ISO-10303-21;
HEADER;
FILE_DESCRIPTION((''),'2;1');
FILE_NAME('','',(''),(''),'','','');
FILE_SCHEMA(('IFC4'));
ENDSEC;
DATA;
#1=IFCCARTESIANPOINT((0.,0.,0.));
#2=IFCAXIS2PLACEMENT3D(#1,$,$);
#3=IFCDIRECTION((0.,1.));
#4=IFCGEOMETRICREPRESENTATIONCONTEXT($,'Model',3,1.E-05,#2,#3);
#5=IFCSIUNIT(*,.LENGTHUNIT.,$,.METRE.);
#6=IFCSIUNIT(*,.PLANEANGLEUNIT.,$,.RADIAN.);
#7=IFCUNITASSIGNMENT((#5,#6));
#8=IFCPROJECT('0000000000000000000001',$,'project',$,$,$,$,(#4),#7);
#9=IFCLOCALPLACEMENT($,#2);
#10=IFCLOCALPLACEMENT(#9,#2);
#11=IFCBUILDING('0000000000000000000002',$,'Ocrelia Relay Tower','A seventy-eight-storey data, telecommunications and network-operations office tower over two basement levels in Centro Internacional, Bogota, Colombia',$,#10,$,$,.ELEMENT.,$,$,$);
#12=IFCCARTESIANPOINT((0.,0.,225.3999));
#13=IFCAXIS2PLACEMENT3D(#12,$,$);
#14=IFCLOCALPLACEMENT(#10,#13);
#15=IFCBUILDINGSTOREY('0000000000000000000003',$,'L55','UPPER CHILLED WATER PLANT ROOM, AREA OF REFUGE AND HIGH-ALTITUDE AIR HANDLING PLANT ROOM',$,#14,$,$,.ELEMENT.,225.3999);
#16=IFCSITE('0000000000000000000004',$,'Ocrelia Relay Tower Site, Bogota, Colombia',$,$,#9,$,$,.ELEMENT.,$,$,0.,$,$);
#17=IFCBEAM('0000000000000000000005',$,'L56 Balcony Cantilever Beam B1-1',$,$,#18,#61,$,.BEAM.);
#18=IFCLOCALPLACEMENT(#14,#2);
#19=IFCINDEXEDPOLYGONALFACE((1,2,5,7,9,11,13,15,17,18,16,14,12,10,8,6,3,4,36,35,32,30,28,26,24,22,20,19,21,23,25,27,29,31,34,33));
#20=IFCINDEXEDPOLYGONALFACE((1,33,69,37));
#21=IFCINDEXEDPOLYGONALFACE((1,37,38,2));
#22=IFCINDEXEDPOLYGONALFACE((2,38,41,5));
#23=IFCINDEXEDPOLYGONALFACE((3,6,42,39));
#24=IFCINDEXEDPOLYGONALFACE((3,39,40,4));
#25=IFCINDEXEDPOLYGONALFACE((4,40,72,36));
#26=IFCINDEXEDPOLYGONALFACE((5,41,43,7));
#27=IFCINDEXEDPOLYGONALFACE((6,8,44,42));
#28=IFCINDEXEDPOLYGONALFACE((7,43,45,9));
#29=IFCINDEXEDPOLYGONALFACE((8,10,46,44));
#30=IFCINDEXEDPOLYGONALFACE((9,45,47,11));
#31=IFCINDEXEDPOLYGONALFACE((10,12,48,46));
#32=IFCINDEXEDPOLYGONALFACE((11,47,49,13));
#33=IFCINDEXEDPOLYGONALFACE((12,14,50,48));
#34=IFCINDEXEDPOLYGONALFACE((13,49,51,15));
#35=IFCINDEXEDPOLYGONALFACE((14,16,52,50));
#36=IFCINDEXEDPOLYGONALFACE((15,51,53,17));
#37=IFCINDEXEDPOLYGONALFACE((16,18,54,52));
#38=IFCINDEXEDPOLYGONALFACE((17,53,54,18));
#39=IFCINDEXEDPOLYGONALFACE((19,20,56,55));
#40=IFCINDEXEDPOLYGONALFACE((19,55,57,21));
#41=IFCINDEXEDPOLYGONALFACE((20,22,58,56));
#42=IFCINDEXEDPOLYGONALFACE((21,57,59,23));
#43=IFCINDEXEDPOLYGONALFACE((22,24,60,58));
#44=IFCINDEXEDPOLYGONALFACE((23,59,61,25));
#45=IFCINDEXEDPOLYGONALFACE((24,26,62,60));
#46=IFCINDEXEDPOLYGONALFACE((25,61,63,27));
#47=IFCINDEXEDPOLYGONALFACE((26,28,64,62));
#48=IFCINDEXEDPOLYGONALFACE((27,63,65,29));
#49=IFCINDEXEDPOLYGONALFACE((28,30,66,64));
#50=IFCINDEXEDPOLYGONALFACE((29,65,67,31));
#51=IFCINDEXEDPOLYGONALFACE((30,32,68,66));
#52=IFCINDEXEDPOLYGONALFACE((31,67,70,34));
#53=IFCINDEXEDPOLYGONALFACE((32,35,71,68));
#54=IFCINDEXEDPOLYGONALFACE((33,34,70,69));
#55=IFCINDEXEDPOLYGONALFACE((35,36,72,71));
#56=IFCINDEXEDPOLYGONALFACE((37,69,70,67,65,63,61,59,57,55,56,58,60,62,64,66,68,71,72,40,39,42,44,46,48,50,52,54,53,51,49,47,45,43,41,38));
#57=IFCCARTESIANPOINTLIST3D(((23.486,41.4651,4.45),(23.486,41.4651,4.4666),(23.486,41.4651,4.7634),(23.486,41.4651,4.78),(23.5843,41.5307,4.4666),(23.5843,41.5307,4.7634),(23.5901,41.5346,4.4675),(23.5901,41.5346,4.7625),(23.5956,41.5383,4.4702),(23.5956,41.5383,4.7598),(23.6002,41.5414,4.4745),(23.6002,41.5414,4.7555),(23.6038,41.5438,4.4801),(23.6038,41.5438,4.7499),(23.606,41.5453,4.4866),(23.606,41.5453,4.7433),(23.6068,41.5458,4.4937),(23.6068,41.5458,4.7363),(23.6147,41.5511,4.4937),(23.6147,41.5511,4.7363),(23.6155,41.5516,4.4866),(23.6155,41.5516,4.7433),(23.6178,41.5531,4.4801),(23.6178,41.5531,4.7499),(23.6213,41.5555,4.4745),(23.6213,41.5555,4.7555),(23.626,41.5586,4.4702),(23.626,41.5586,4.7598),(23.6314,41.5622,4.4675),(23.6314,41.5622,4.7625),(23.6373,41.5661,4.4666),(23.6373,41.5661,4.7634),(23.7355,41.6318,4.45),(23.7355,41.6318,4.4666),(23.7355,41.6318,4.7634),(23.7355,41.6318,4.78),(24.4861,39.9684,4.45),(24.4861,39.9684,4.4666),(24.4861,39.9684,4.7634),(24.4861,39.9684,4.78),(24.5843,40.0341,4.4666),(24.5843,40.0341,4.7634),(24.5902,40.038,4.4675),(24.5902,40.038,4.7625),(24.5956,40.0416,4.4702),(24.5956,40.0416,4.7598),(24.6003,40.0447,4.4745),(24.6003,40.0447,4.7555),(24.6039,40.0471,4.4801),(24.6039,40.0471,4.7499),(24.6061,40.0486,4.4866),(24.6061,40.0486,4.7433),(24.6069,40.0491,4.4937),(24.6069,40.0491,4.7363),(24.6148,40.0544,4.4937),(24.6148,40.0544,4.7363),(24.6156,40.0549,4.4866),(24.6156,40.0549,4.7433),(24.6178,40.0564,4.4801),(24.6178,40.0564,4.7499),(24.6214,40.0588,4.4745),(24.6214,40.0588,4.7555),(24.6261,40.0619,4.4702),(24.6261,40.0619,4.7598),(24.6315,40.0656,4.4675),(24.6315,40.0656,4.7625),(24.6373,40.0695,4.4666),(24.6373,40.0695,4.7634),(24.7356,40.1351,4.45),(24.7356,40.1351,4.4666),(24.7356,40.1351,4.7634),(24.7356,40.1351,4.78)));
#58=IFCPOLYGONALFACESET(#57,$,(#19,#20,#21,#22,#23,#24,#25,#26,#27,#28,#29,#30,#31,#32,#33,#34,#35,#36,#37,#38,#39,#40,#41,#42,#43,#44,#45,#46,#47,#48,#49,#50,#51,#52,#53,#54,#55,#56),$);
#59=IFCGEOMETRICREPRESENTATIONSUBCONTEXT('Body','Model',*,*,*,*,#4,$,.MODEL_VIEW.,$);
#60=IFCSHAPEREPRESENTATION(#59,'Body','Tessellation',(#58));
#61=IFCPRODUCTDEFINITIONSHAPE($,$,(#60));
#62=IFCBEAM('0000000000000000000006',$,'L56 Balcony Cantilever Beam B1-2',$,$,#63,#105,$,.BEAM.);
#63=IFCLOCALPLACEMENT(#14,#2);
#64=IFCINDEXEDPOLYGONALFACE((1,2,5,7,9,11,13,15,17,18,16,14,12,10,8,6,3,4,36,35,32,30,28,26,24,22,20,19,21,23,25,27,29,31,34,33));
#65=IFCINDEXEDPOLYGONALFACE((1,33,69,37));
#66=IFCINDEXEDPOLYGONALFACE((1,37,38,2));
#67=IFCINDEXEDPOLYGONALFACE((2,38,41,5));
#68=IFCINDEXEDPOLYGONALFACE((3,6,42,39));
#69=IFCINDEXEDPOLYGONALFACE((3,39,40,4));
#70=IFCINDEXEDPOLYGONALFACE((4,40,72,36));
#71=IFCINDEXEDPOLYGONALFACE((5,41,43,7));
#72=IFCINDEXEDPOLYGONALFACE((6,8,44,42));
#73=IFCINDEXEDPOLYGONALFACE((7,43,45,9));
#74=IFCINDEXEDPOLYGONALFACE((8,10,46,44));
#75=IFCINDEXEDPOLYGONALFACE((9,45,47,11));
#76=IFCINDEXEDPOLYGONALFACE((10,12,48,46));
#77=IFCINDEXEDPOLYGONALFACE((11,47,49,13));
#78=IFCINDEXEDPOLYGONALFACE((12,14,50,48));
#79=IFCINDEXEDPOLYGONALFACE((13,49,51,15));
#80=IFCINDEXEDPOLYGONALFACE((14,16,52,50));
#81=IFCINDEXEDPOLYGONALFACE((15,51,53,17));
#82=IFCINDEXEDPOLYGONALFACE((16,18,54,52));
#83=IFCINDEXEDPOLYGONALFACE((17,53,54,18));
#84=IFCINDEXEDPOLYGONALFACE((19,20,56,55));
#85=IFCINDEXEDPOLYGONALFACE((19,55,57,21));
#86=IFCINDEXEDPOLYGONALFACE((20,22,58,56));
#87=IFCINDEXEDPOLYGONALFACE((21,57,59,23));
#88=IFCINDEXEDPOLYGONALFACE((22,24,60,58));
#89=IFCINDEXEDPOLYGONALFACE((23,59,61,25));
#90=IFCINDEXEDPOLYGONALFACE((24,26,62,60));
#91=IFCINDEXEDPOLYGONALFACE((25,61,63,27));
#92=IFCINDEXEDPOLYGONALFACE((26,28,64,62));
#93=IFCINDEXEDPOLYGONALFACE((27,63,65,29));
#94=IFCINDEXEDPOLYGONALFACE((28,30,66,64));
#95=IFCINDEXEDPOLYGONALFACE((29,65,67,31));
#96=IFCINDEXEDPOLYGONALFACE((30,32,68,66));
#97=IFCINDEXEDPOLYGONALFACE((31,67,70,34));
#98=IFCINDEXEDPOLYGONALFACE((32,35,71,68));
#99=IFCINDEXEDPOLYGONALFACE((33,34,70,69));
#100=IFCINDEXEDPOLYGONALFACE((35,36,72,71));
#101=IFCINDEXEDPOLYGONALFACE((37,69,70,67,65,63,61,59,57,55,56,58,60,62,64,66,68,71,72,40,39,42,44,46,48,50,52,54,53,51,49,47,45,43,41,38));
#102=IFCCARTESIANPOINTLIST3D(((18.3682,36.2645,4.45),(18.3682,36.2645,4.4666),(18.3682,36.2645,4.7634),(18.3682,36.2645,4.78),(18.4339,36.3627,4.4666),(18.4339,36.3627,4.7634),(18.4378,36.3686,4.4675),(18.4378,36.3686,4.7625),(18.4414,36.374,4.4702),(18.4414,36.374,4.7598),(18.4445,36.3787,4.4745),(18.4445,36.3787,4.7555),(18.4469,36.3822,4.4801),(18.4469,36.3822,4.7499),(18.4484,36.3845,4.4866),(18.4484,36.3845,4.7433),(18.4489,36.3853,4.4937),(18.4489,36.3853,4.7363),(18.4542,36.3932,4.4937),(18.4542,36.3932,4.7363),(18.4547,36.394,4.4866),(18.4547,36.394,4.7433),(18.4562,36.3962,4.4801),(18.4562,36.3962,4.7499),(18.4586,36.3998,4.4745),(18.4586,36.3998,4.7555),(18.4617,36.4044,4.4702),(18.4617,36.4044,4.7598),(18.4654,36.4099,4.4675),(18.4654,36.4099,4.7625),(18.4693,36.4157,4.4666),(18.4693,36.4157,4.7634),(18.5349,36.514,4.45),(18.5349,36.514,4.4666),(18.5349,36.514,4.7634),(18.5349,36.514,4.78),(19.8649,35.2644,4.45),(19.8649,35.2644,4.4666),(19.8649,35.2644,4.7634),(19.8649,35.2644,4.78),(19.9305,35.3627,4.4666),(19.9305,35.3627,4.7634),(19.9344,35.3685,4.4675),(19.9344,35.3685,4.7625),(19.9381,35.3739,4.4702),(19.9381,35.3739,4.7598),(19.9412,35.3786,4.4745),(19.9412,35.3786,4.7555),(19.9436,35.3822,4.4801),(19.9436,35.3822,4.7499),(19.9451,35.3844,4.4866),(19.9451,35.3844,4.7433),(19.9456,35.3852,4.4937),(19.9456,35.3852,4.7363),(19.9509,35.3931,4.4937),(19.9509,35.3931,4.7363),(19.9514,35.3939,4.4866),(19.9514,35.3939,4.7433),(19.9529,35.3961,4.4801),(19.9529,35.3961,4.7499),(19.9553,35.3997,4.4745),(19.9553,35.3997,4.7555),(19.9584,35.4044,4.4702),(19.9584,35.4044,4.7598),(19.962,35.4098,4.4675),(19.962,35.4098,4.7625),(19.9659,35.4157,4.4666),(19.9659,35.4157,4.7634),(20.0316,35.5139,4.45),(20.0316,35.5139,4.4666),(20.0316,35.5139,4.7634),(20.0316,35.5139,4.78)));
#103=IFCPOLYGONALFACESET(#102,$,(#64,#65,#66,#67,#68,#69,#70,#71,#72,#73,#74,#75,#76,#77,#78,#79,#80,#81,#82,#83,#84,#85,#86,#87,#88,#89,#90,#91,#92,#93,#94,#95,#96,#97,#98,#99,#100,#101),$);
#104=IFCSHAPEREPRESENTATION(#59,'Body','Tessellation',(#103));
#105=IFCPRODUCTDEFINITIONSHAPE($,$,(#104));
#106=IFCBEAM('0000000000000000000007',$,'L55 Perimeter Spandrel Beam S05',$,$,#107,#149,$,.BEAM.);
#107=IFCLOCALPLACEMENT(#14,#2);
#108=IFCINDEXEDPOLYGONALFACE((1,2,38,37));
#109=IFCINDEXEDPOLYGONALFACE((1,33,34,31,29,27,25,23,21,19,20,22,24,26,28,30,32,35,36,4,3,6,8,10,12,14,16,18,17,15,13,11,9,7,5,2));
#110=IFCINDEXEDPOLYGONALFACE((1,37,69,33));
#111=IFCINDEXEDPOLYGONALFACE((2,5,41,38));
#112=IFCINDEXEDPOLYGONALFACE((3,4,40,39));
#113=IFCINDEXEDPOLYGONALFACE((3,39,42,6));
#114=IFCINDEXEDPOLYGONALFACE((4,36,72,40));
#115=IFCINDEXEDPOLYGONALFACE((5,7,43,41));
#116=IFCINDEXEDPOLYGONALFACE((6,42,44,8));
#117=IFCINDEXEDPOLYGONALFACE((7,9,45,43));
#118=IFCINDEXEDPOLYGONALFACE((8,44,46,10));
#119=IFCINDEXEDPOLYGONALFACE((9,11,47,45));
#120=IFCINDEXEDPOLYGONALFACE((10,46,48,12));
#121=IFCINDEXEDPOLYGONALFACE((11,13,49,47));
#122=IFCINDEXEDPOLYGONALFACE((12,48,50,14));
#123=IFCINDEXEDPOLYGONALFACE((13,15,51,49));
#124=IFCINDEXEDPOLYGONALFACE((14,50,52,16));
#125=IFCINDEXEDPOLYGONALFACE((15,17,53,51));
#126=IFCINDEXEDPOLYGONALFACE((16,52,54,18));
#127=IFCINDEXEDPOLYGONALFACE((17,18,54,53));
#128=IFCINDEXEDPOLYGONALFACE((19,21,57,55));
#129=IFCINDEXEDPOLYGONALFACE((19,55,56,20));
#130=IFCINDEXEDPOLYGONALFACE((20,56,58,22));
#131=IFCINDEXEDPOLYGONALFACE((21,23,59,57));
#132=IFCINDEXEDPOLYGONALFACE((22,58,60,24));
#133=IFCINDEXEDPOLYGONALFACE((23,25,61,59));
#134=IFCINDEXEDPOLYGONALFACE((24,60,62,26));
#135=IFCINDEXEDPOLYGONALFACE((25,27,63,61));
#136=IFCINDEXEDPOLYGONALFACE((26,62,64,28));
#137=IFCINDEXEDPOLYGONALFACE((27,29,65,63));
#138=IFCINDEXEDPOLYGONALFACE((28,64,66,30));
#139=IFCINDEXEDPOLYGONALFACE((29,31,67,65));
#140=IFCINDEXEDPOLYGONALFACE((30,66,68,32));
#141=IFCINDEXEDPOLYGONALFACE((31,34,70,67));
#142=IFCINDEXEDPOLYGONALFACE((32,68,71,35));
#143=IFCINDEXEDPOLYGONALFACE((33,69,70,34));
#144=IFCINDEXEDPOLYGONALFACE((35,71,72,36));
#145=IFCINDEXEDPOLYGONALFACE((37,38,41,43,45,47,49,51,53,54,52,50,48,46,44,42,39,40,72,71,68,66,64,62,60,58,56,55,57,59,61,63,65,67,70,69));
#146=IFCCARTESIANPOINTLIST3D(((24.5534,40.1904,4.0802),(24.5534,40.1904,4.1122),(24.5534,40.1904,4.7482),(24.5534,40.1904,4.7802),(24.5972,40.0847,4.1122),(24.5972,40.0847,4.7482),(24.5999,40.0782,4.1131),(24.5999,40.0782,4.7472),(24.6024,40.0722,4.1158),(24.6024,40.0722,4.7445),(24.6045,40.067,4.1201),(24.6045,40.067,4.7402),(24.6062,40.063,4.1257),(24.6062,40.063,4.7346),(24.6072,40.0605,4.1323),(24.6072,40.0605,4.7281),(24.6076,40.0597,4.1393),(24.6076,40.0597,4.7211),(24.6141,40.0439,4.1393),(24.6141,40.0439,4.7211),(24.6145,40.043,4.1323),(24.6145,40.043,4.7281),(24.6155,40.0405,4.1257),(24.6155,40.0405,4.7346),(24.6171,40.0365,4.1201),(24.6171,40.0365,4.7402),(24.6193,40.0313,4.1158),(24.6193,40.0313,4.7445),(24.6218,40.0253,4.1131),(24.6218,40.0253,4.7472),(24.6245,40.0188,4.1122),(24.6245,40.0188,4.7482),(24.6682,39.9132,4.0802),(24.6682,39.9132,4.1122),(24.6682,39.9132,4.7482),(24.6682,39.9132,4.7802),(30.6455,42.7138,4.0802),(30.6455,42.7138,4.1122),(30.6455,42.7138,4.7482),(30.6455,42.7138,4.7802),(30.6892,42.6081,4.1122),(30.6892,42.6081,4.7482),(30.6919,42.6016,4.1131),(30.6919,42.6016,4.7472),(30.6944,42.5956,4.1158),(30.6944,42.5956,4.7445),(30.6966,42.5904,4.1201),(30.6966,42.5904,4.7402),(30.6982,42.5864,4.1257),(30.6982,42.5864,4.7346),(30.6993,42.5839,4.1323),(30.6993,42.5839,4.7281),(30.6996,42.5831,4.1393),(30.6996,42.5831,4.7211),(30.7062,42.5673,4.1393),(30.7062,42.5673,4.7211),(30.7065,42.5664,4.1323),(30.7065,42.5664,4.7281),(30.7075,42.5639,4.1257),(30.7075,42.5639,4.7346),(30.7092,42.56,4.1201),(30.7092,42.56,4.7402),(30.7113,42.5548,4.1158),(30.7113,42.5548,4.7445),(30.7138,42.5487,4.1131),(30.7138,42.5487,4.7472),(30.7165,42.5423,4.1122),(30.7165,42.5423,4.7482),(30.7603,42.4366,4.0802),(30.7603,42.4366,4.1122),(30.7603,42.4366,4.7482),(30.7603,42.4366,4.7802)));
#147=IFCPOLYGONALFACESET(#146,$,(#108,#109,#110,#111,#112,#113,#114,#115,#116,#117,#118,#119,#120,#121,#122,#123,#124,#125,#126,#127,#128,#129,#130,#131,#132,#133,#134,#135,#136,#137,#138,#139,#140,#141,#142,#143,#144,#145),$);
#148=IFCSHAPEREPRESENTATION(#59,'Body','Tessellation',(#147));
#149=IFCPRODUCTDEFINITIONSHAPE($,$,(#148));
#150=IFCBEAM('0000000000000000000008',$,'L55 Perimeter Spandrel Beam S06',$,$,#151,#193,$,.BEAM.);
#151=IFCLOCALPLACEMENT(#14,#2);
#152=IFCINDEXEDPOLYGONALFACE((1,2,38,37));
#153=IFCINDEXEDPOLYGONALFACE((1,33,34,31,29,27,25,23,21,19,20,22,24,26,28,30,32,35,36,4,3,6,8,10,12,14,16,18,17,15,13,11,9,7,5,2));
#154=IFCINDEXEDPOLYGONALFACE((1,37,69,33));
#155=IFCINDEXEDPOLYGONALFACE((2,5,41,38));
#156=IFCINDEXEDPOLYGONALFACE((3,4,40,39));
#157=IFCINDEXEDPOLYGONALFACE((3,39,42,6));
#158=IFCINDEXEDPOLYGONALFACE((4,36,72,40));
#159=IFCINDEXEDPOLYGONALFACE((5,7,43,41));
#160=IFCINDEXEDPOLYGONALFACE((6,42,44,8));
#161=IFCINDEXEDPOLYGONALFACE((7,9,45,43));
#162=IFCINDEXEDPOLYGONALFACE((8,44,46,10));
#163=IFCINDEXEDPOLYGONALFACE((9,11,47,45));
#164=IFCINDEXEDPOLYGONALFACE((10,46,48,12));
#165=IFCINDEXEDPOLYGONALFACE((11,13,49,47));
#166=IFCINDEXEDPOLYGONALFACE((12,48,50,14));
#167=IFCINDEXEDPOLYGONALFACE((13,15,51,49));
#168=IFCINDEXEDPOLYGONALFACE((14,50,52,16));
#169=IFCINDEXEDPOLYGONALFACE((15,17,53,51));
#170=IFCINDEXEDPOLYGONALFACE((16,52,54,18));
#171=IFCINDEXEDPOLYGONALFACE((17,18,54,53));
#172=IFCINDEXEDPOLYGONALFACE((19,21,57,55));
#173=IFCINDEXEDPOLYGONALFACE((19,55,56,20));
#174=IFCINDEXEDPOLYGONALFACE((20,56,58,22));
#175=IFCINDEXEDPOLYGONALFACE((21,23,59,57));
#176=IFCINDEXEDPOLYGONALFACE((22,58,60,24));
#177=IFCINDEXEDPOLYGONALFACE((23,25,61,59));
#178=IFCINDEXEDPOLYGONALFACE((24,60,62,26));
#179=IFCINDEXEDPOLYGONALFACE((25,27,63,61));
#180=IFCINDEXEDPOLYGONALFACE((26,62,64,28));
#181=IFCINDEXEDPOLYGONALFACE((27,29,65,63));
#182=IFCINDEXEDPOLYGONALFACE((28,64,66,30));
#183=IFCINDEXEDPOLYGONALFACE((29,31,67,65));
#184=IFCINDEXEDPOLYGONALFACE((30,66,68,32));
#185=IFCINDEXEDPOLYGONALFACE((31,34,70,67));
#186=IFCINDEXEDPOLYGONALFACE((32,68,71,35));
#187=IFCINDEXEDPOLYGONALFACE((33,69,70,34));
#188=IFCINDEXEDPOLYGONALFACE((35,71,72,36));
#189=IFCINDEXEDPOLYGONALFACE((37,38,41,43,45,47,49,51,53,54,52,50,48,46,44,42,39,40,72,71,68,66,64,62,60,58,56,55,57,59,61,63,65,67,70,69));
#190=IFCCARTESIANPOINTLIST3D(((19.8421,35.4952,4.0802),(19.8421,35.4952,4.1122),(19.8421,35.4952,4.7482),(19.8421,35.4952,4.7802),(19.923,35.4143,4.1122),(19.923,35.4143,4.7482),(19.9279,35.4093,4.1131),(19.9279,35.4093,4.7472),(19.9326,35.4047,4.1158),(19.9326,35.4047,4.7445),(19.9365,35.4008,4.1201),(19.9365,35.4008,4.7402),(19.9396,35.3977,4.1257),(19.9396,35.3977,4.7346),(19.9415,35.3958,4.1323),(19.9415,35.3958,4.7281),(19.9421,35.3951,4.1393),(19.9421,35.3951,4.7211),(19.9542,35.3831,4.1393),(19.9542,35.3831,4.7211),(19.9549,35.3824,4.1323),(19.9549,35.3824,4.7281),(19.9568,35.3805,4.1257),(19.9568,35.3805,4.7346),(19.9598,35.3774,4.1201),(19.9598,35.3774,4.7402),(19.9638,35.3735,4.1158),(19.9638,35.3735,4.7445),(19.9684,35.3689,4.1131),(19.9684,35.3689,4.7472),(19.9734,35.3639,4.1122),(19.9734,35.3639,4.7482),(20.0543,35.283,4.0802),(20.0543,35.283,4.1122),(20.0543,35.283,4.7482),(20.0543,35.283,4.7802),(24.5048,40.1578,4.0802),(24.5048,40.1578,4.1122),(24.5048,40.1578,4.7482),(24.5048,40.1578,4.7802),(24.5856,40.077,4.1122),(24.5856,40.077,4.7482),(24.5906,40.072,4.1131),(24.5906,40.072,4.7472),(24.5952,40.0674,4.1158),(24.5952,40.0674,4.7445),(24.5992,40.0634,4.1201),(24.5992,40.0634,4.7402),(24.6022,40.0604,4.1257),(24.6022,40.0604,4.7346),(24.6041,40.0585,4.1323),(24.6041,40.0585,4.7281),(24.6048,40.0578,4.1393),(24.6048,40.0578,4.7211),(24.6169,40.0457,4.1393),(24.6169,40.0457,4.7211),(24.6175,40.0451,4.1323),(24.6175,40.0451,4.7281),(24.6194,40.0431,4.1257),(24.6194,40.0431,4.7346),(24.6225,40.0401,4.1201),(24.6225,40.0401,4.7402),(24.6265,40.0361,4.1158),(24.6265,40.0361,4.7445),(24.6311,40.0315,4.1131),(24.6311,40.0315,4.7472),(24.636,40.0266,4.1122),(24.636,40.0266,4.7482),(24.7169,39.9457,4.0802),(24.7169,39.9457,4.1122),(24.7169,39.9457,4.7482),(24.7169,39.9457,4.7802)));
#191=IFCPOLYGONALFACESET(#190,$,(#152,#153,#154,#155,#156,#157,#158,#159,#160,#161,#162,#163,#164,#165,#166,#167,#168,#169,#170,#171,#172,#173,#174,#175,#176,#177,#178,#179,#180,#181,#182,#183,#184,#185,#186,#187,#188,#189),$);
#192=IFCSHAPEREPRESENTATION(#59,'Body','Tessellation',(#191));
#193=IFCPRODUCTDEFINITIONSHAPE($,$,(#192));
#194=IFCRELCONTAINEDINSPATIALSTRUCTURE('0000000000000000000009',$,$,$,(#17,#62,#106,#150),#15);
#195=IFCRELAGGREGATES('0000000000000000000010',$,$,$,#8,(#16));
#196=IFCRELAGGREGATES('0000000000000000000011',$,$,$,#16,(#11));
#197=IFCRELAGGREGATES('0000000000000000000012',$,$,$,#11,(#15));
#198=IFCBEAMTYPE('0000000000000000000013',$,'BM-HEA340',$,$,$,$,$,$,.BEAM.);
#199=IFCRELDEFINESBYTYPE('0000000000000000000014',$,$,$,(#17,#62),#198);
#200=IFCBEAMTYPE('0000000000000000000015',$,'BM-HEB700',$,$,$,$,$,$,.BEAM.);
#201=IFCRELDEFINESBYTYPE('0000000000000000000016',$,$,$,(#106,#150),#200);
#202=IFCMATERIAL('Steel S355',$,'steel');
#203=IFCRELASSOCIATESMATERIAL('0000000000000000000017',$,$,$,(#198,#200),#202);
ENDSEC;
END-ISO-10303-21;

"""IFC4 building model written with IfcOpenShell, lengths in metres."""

from ifc_helpers import new_model, si_unit, direction, frame, origin, origin_2d, place, context, subcontext, project, spatial, i_section, extrude, material, material_profile, profile_set, type_object, element, save


model = new_model("IFC4")

# Units and contexts
model_context = context("Model", 3, precision=1e-05, world=origin(), true_north=direction((0.0, 1.0)))
body_context = subcontext(model_context, "Body", "Model", "MODEL_VIEW")
ifc_project = project(units=[si_unit("LENGTHUNIT", "METRE"), si_unit("PLANEANGLEUNIT", "RADIAN")], contexts=[model_context])

# Site, building, storey
site_placement = place(None, origin())
site = spatial("IfcSite", under=ifc_project, at=site_placement, Name="Ocrelia Relay Tower Site, Bogota, Colombia", CompositionType="ELEMENT", RefElevation=0.0)
building_placement = place(site_placement, origin())
building = spatial("IfcBuilding", under=site, at=building_placement, Name="Ocrelia Relay Tower", Description="A seventy-eight-storey data, telecommunications and network-operations office tower over two basement levels in Centro Internacional, Bogota, Colombia", CompositionType="ELEMENT")
storey_placement = place(building_placement, frame((0.0, 0.0, 225.3999)))
storey = spatial("IfcBuildingStorey", under=building, at=storey_placement, Name="L55", Description="UPPER CHILLED WATER PLANT ROOM, AREA OF REFUGE AND HIGH-ALTITUDE AIR HANDLING PLANT ROOM", CompositionType="ELEMENT", Elevation=225.3999)

# Beams
ifc_material_1 = material(Name="Steel S355", Category="steel")
ifc_material_profile_1 = material_profile(ifc_material_1, i_section(OverallWidth=0.3, OverallDepth=0.3301, WebThickness=0.0095, FlangeThickness=0.0166, FilletRadius=0.0271, at=origin_2d()), Name="HEA 340")
ifc_profile_set_1 = profile_set([ifc_material_profile_1], Name="Steel S355")
beam_type_1 = type_object("IfcBeamType", Name="BM-HEA340", PredefinedType="BEAM", material=ifc_profile_set_1)
for number, where, z_axis, x_axis, name in (
    (1, (24.6108, 40.0518, 4.615), (-0.555576, 0.831466, 0.0), (-0.831466, -0.555576, 0.0), "L56 Balcony Cantilever Beam B1-1"),
    (2, (19.9482, 35.3892, 4.615), (-0.831466, 0.555576, 0.0), (-0.555576, -0.831466, 0.0), "L56 Balcony Cantilever Beam B1-2"),
):
    element("IfcBeam", number, at=place(storey_placement, frame(where, z_axis=z_axis, x_axis=x_axis)), inside=storey, type_object=beam_type_1, Name=name, PredefinedType="BEAM", context=body_context, shape_type="SweptSolid", body=[
        extrude(i_section(OverallWidth=0.3, OverallDepth=0.3301, WebThickness=0.0095, FlangeThickness=0.0166, FilletRadius=0.0271, at=origin_2d()), origin(), (0.0, 0.0, 1.0), 1.8),
    ])
ifc_material_profile_2 = material_profile(ifc_material_1, i_section(OverallWidth=0.3, OverallDepth=0.7, WebThickness=0.0171, FlangeThickness=0.032, FilletRadius=0.0271, at=origin_2d()), Name="HEB 700")
ifc_profile_set_2 = profile_set([ifc_material_profile_2], Name="Steel S355")
beam_type_2 = type_object("IfcBeamType", Name="BM-HEB700", PredefinedType="BEAM", material=ifc_profile_set_2)
for number, where, z_axis, x_axis, name in (
    (3, (30.7029, 42.5752, 4.4302), (-0.923878, -0.382688, 0.0), (0.382688, -0.923878, 0.0), "L55 Perimeter Spandrel Beam S05"),
    (4, (24.6108, 40.0518, 4.4302), (-0.707107, -0.707107, 0.0), (0.707107, -0.707107, 0.0), "L55 Perimeter Spandrel Beam S06"),
):
    element("IfcBeam", number, at=place(storey_placement, frame(where, z_axis=z_axis, x_axis=x_axis)), inside=storey, type_object=beam_type_2, Name=name, PredefinedType="BEAM", context=body_context, shape_type="SweptSolid", body=[
        extrude(i_section(OverallWidth=0.3, OverallDepth=0.7, WebThickness=0.0171, FlangeThickness=0.032, FilletRadius=0.0271, at=origin_2d()), origin(), (0.0, 0.0, 1.0), 6.594),
    ])

save(model, "model.ifc")
